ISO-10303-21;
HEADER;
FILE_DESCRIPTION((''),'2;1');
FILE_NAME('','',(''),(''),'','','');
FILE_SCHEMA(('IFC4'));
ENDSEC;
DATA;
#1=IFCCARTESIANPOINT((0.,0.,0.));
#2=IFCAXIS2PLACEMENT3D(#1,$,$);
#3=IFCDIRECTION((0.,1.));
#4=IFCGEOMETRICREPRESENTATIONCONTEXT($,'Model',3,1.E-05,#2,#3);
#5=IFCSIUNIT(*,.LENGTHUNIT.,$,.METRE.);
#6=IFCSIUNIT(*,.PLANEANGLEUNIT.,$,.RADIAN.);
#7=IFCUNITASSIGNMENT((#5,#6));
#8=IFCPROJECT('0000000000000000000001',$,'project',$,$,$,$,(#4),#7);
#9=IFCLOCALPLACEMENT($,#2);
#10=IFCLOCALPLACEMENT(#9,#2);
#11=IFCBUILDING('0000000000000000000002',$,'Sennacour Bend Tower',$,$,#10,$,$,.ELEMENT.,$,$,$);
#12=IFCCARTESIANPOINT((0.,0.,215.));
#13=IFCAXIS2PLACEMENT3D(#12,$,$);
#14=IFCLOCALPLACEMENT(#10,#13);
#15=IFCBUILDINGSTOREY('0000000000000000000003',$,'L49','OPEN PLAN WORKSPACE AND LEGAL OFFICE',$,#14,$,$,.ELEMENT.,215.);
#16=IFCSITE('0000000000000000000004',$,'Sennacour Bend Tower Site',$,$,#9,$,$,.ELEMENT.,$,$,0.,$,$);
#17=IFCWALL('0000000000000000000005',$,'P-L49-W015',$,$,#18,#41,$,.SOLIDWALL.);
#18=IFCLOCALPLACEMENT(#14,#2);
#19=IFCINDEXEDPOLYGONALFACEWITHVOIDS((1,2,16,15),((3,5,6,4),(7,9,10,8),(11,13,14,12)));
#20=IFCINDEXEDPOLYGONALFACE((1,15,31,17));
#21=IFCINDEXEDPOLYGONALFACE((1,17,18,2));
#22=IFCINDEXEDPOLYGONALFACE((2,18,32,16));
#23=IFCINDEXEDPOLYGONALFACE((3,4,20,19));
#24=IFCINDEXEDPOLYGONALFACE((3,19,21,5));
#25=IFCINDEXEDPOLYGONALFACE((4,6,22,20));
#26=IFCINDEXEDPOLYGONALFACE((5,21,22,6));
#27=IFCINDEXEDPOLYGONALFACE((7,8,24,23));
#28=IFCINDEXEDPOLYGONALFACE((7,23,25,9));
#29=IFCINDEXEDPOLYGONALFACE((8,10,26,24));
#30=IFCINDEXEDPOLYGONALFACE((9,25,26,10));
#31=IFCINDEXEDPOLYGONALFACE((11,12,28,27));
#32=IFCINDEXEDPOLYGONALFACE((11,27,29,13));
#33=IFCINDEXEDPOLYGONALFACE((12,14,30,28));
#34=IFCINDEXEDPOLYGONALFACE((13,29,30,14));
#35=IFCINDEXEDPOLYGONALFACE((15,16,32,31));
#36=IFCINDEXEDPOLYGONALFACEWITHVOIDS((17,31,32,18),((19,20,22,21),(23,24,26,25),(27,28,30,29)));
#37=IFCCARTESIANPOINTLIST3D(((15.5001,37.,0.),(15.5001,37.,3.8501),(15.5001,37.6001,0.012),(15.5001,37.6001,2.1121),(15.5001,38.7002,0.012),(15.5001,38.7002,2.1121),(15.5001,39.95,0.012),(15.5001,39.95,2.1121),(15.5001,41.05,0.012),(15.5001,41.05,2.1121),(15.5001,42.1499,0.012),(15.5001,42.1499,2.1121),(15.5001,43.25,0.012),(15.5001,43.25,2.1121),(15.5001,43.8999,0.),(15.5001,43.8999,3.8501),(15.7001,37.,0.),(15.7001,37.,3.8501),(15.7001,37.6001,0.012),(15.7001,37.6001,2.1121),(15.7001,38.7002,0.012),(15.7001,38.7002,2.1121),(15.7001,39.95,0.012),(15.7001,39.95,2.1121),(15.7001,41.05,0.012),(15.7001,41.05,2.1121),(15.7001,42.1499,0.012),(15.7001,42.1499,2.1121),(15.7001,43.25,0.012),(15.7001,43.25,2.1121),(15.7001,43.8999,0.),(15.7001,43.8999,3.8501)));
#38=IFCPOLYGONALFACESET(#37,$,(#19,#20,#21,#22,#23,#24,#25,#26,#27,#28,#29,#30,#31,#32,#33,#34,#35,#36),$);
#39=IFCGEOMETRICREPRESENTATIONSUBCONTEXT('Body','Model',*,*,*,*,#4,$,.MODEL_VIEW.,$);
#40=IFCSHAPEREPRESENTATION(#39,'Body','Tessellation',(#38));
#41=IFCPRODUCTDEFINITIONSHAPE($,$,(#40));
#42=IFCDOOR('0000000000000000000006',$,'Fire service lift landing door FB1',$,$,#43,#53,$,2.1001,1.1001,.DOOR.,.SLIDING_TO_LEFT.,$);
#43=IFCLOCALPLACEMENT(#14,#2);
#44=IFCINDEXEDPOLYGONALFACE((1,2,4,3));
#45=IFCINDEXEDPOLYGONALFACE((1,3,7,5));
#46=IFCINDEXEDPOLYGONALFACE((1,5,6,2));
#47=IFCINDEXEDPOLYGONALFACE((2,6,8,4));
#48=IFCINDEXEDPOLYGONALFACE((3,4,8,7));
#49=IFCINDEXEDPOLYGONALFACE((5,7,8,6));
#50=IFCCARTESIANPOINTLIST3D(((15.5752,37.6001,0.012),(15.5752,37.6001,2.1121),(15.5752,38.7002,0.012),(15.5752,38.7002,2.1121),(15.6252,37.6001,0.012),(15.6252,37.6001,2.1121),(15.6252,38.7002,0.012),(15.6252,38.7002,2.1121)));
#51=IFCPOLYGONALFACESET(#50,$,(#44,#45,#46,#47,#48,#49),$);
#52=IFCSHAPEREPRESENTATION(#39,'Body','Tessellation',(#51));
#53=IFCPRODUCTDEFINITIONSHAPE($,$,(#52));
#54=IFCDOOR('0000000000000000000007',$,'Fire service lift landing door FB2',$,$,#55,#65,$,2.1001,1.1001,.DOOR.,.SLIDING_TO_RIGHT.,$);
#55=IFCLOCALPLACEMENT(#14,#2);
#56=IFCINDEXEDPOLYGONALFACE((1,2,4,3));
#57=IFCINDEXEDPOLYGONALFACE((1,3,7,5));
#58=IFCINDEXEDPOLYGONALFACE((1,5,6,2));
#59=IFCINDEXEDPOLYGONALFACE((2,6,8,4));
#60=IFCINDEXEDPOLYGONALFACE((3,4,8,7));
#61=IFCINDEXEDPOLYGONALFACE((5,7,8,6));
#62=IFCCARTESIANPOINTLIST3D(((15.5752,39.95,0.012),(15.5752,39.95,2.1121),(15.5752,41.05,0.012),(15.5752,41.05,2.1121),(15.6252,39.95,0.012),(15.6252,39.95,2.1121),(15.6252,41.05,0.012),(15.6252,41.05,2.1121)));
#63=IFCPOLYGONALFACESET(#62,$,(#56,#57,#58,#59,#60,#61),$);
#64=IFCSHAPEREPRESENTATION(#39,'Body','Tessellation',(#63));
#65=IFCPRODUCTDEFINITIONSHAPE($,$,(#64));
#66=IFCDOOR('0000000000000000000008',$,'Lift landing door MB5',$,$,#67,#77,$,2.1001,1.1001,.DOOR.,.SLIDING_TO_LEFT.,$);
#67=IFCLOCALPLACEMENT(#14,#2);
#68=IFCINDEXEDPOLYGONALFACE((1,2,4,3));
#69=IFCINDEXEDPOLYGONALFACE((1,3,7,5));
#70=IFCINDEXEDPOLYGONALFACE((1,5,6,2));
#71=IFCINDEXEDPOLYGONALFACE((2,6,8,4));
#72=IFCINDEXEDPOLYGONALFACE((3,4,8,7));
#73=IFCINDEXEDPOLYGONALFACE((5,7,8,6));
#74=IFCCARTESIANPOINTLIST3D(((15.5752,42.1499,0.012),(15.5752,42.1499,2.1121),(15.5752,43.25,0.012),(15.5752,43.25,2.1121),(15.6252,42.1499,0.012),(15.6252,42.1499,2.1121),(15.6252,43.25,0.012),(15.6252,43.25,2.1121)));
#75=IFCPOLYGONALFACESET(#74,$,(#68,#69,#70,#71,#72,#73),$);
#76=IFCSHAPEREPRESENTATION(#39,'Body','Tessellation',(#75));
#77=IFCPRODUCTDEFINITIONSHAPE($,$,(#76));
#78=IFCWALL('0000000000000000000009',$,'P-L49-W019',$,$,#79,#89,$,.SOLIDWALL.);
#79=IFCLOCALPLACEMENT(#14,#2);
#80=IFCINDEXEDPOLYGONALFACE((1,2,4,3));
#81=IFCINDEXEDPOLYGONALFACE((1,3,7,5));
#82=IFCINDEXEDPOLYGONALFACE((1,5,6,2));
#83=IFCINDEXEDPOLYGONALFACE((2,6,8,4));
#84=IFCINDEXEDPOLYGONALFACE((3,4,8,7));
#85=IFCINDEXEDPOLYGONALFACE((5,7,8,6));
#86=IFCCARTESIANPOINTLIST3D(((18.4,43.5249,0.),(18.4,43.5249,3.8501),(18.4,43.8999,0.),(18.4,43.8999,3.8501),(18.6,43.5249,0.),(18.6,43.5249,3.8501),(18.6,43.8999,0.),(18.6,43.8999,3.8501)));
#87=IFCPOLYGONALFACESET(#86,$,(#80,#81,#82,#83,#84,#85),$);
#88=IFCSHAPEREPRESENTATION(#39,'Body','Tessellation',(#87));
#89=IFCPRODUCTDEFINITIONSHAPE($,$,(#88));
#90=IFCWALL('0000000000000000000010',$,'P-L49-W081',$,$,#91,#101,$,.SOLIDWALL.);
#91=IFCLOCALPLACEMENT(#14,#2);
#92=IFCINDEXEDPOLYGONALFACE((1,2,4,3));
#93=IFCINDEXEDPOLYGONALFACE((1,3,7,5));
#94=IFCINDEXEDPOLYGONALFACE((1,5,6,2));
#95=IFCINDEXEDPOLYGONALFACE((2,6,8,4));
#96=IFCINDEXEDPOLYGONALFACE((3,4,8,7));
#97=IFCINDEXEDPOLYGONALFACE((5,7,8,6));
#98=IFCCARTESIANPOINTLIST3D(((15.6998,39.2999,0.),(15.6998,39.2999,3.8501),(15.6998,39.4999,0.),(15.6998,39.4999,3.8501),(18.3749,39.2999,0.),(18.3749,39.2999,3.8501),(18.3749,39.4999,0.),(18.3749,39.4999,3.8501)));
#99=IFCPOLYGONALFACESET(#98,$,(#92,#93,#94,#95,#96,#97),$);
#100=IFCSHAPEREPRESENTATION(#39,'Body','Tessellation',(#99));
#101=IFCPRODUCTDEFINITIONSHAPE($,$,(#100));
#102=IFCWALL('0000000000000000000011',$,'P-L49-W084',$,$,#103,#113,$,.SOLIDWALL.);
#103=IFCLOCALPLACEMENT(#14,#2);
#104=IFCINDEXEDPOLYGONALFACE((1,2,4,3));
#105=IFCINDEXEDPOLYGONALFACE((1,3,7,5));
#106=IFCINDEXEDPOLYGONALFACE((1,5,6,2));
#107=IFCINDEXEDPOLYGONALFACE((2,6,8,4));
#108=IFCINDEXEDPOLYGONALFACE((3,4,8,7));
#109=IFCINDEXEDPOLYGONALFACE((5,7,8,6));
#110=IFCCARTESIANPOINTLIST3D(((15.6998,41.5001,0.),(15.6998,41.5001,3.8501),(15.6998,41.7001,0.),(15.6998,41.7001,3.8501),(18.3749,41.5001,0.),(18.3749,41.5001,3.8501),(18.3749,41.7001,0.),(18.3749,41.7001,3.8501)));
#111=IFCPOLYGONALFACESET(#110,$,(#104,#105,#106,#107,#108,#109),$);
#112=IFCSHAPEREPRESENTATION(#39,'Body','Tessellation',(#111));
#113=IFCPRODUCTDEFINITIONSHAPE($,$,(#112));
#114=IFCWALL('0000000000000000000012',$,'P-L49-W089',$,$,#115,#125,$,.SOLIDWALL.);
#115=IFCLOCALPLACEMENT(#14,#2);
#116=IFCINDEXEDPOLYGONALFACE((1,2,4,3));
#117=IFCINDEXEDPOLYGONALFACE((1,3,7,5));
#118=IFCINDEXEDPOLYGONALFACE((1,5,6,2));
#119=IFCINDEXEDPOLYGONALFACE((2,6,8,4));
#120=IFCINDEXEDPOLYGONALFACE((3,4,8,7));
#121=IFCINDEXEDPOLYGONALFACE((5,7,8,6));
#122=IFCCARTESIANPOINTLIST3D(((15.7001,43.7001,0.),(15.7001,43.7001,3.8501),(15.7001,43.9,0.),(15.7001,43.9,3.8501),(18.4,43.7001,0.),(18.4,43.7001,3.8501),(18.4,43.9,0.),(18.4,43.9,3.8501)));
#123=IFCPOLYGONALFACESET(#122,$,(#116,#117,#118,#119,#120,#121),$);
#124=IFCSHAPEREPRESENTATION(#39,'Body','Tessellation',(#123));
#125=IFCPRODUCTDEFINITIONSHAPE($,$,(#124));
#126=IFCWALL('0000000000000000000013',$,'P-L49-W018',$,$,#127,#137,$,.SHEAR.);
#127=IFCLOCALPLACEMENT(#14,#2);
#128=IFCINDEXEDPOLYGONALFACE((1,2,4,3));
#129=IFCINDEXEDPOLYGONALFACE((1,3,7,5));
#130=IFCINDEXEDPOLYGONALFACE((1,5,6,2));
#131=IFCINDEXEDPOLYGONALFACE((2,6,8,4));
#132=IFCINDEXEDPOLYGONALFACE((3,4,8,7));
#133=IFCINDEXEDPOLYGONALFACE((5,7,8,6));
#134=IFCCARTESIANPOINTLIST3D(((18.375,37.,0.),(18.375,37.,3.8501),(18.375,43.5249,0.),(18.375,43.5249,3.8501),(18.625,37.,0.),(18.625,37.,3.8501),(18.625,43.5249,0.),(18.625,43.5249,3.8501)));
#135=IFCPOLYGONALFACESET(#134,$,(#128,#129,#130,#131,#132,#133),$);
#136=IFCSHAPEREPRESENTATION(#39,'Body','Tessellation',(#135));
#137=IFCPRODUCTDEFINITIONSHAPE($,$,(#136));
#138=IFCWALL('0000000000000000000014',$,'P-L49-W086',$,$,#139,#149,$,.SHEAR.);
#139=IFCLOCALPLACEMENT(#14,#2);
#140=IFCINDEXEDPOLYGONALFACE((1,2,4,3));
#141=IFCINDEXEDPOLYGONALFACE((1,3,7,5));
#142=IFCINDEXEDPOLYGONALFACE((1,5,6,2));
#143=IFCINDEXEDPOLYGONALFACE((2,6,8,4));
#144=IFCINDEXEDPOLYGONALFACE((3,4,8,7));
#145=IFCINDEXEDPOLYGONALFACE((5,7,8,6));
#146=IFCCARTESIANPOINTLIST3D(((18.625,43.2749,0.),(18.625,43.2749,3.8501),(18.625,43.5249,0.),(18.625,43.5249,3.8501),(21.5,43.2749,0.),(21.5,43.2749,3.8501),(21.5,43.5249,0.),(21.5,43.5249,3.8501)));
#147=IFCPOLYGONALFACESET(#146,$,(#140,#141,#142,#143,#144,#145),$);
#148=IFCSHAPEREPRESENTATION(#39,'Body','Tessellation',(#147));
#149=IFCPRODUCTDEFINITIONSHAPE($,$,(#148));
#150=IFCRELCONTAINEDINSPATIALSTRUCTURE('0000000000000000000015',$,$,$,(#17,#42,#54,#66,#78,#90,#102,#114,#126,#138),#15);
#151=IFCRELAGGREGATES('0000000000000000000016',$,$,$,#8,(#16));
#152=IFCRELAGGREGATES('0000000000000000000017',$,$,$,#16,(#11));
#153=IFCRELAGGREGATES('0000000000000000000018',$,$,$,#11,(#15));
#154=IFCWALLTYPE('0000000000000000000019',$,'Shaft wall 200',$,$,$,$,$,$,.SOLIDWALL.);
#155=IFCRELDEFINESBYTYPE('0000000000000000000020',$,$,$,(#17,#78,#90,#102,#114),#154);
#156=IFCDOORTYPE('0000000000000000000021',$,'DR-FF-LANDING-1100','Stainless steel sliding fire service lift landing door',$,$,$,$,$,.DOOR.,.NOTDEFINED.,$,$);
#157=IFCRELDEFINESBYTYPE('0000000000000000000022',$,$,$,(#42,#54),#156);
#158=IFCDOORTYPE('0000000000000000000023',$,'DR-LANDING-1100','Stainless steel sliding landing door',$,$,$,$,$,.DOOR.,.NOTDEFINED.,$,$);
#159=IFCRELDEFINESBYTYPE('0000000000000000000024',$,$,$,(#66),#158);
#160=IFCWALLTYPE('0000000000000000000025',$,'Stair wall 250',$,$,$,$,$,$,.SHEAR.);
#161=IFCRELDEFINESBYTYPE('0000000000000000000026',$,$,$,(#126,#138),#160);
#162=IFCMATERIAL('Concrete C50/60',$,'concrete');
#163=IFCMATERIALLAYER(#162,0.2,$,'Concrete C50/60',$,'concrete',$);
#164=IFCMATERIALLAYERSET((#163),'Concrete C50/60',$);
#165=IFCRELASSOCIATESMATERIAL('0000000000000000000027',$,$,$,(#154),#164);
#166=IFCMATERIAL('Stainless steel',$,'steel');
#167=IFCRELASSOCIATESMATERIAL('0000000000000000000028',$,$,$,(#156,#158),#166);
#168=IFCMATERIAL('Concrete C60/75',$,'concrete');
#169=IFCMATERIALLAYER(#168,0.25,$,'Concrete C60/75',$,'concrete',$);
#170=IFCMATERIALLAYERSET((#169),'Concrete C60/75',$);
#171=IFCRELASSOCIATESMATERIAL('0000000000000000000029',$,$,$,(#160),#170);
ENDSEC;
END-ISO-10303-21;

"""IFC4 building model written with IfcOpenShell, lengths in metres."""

from ifc_helpers import new_model, si_unit, direction, frame, frame_2d, origin, place, context, subcontext, project, spatial, rectangle, extrude, material, layer, layer_set, type_object, element, fill, save


model = new_model("IFC4")

# Units and contexts
model_context = context("Model", 3, precision=1e-05, world=origin(), true_north=direction((0.0, 1.0)))
body_context = subcontext(model_context, "Body", "Model", "MODEL_VIEW")
ifc_project = project(units=[si_unit("LENGTHUNIT", "METRE"), si_unit("PLANEANGLEUNIT", "RADIAN")], contexts=[model_context])

# Site, building, storey
site_placement = place(None, origin())
site = spatial("IfcSite", under=ifc_project, at=site_placement, Name="Sennacour Bend Tower Site", CompositionType="ELEMENT", RefElevation=0.0)
building_placement = place(site_placement, origin())
building = spatial("IfcBuilding", under=site, at=building_placement, Name="Sennacour Bend Tower", CompositionType="ELEMENT")
storey_placement = place(building_placement, frame((0.0, 0.0, 215.0)))
storey = spatial("IfcBuildingStorey", under=building, at=storey_placement, Name="L49", Description="OPEN PLAN WORKSPACE AND LEGAL OFFICE", CompositionType="ELEMENT", Elevation=215.0)

# Shared definitions
ifc_material_1 = material(Name="Concrete C60/75", Category="concrete")

# Shared definitions
ifc_material_2 = material(Name="Concrete C50/60", Category="concrete")
ifc_layer_1 = layer(ifc_material_2, 0.2, Name="Concrete C50/60", Category="concrete")
ifc_layer_set_1 = layer_set([ifc_layer_1], Name="Concrete C50/60")
wall_type_1 = type_object("IfcWallType", Name="Shaft wall 200", PredefinedType="SOLIDWALL", material=ifc_layer_set_1)

# Wall, openings, doors
wall_1_placement = place(storey_placement, frame((15.6001, 37.0, 0.0), z_axis=(0.0, 0.0, 1.0), x_axis=(0.0, 1.0, 0.0)))
wall_1 = element("IfcWall", 1, at=wall_1_placement, inside=storey, type_object=wall_type_1, Name="P-L49-W015", PredefinedType="SOLIDWALL", context=body_context, shape_type="SweptSolid", body=[
    extrude(rectangle(XDim=6.8999, YDim=0.2, at=frame_2d((3.45, 0.0))), origin(), (0.0, 0.0, 1.0), 3.8501),
])
opening_1_placement = place(wall_1_placement, frame((0.6001, 0.0, 0.012)))
opening_1 = element("IfcOpeningElement", 2, at=opening_1_placement, cuts=wall_1, PredefinedType="OPENING", context=body_context, shape_type="SweptSolid", body=[
    extrude(rectangle(XDim=1.1001, YDim=2.1001, at=frame_2d((0.55, 1.05))), frame((0.0, 0.1099, 0.0), z_axis=(0.0, -1.0, 0.0), x_axis=(1.0, 0.0, 0.0)), (0.0, 0.0, 1.0), 0.22),
])
opening_2_placement = place(wall_1_placement, frame((2.95, 0.0, 0.012)))
opening_2 = element("IfcOpeningElement", 3, at=opening_2_placement, cuts=wall_1, PredefinedType="OPENING", context=body_context, shape_type="SweptSolid", body=[
    extrude(rectangle(XDim=1.1001, YDim=2.1001, at=frame_2d((0.55, 1.05))), frame((0.0, 0.1099, 0.0), z_axis=(0.0, -1.0, 0.0), x_axis=(1.0, 0.0, 0.0)), (0.0, 0.0, 1.0), 0.22),
])
opening_3_placement = place(wall_1_placement, frame((5.1499, 0.0, 0.012)))
opening_3 = element("IfcOpeningElement", 4, at=opening_3_placement, cuts=wall_1, PredefinedType="OPENING", context=body_context, shape_type="SweptSolid", body=[
    extrude(rectangle(XDim=1.1001, YDim=2.1001, at=frame_2d((0.55, 1.05))), frame((0.0, 0.1099, 0.0), z_axis=(0.0, -1.0, 0.0), x_axis=(1.0, 0.0, 0.0)), (0.0, 0.0, 1.0), 0.22),
])
ifc_material_3 = material(Name="Stainless steel", Category="steel")
door_type_1 = type_object("IfcDoorType", Name="DR-FF-LANDING-1100", Description="Stainless steel sliding fire service lift landing door", OperationType="NOTDEFINED", PredefinedType="DOOR", material=ifc_material_3)
door_1_placement = place(opening_1_placement, origin())
door_1 = element("IfcDoor", 5, at=door_1_placement, inside=storey, type_object=door_type_1, Name="Fire service lift landing door FB1", OperationType="SLIDING_TO_LEFT", OverallHeight=2.1001, OverallWidth=1.1001, PredefinedType="DOOR", context=body_context, shape_type="SweptSolid", body=[
    extrude(rectangle(XDim=1.1001, YDim=2.1001, at=frame_2d((0.55, 1.05))), frame((0.0, 0.0249, 0.0), z_axis=(0.0, -1.0, 0.0), x_axis=(1.0, 0.0, 0.0)), (0.0, 0.0, 1.0), 0.05),
])
fill(opening_1, door_1)
door_2_placement = place(opening_2_placement, origin())
door_2 = element("IfcDoor", 6, at=door_2_placement, inside=storey, type_object=door_type_1, Name="Fire service lift landing door FB2", OperationType="SLIDING_TO_RIGHT", OverallHeight=2.1001, OverallWidth=1.1001, PredefinedType="DOOR", context=body_context, shape_type="SweptSolid", body=[
    extrude(rectangle(XDim=1.1001, YDim=2.1001, at=frame_2d((0.55, 1.05))), frame((0.0, 0.0249, 0.0), z_axis=(0.0, -1.0, 0.0), x_axis=(1.0, 0.0, 0.0)), (0.0, 0.0, 1.0), 0.05),
])
fill(opening_2, door_2)
door_type_2 = type_object("IfcDoorType", Name="DR-LANDING-1100", Description="Stainless steel sliding landing door", OperationType="NOTDEFINED", PredefinedType="DOOR", material=ifc_material_3)
door_3_placement = place(opening_3_placement, origin())
door_3 = element("IfcDoor", 7, at=door_3_placement, inside=storey, type_object=door_type_2, Name="Lift landing door MB5", OperationType="SLIDING_TO_LEFT", OverallHeight=2.1001, OverallWidth=1.1001, PredefinedType="DOOR", context=body_context, shape_type="SweptSolid", body=[
    extrude(rectangle(XDim=1.1001, YDim=2.1001, at=frame_2d((0.55, 1.05))), frame((0.0, 0.0249, 0.0), z_axis=(0.0, -1.0, 0.0), x_axis=(1.0, 0.0, 0.0)), (0.0, 0.0, 1.0), 0.05),
])
fill(opening_3, door_3)

# Walls
wall_2_placement = place(storey_placement, frame((18.5, 43.5249, 0.0), z_axis=(0.0, 0.0, 1.0), x_axis=(0.0, 1.0, 0.0)))
element("IfcWall", 8, at=wall_2_placement, inside=storey, type_object=wall_type_1, Name="P-L49-W019", PredefinedType="SOLIDWALL", context=body_context, shape_type="SweptSolid", body=[
    extrude(rectangle(XDim=0.375, YDim=0.2, at=frame_2d((0.1875, 0.0))), origin(), (0.0, 0.0, 1.0), 3.8501),
])
for number, where, z_axis, x_axis, name in (
    (9, (15.7, 39.3999, 0.0), (0.0, 0.0, 1.0), (1.0, 0.0, 0.0), "P-L49-W081"),
    (10, (15.7, 41.6001, 0.0), (0.0, 0.0, 1.0), (1.0, 0.0, 0.0), "P-L49-W084"),
):
    element("IfcWall", number, at=place(storey_placement, frame(where, z_axis=z_axis, x_axis=x_axis)), inside=storey, type_object=wall_type_1, Name=name, PredefinedType="SOLIDWALL", context=body_context, shape_type="SweptSolid", body=[
        extrude(rectangle(XDim=2.675, YDim=0.2, at=frame_2d((1.3374, 0.0))), origin(), (0.0, 0.0, 1.0), 3.8501),
    ])
wall_3_placement = place(storey_placement, frame((15.7, 43.8, 0.0), z_axis=(0.0, 0.0, 1.0), x_axis=(1.0, 0.0, 0.0)))
element("IfcWall", 11, at=wall_3_placement, inside=storey, type_object=wall_type_1, Name="P-L49-W089", PredefinedType="SOLIDWALL", context=body_context, shape_type="SweptSolid", body=[
    extrude(rectangle(XDim=2.7, YDim=0.2, at=frame_2d((1.3501, 0.0))), origin(), (0.0, 0.0, 1.0), 3.8501),
])
ifc_layer_2 = layer(ifc_material_1, 0.25, Name="Concrete C60/75", Category="concrete")
ifc_layer_set_2 = layer_set([ifc_layer_2], Name="Concrete C60/75")
wall_type_2 = type_object("IfcWallType", Name="Stair wall 250", PredefinedType="SHEAR", material=ifc_layer_set_2)
wall_4_placement = place(storey_placement, frame((18.5, 37.0, 0.0), z_axis=(0.0, 0.0, 1.0), x_axis=(0.0, 1.0, 0.0)))
element("IfcWall", 12, at=wall_4_placement, inside=storey, type_object=wall_type_2, Name="P-L49-W018", PredefinedType="SHEAR", context=body_context, shape_type="SweptSolid", body=[
    extrude(rectangle(XDim=6.5249, YDim=0.25, at=frame_2d((3.2625, 0.0))), origin(), (0.0, 0.0, 1.0), 3.8501),
])
wall_5_placement = place(storey_placement, frame((18.625, 43.3999, 0.0), z_axis=(0.0, 0.0, 1.0), x_axis=(1.0, 0.0, 0.0)))
element("IfcWall", 13, at=wall_5_placement, inside=storey, type_object=wall_type_2, Name="P-L49-W086", PredefinedType="SHEAR", context=body_context, shape_type="SweptSolid", body=[
    extrude(rectangle(XDim=2.875, YDim=0.25, at=frame_2d((1.4375, 0.0))), origin(), (0.0, 0.0, 1.0), 3.8501),
])

save(model, "model.ifc")
